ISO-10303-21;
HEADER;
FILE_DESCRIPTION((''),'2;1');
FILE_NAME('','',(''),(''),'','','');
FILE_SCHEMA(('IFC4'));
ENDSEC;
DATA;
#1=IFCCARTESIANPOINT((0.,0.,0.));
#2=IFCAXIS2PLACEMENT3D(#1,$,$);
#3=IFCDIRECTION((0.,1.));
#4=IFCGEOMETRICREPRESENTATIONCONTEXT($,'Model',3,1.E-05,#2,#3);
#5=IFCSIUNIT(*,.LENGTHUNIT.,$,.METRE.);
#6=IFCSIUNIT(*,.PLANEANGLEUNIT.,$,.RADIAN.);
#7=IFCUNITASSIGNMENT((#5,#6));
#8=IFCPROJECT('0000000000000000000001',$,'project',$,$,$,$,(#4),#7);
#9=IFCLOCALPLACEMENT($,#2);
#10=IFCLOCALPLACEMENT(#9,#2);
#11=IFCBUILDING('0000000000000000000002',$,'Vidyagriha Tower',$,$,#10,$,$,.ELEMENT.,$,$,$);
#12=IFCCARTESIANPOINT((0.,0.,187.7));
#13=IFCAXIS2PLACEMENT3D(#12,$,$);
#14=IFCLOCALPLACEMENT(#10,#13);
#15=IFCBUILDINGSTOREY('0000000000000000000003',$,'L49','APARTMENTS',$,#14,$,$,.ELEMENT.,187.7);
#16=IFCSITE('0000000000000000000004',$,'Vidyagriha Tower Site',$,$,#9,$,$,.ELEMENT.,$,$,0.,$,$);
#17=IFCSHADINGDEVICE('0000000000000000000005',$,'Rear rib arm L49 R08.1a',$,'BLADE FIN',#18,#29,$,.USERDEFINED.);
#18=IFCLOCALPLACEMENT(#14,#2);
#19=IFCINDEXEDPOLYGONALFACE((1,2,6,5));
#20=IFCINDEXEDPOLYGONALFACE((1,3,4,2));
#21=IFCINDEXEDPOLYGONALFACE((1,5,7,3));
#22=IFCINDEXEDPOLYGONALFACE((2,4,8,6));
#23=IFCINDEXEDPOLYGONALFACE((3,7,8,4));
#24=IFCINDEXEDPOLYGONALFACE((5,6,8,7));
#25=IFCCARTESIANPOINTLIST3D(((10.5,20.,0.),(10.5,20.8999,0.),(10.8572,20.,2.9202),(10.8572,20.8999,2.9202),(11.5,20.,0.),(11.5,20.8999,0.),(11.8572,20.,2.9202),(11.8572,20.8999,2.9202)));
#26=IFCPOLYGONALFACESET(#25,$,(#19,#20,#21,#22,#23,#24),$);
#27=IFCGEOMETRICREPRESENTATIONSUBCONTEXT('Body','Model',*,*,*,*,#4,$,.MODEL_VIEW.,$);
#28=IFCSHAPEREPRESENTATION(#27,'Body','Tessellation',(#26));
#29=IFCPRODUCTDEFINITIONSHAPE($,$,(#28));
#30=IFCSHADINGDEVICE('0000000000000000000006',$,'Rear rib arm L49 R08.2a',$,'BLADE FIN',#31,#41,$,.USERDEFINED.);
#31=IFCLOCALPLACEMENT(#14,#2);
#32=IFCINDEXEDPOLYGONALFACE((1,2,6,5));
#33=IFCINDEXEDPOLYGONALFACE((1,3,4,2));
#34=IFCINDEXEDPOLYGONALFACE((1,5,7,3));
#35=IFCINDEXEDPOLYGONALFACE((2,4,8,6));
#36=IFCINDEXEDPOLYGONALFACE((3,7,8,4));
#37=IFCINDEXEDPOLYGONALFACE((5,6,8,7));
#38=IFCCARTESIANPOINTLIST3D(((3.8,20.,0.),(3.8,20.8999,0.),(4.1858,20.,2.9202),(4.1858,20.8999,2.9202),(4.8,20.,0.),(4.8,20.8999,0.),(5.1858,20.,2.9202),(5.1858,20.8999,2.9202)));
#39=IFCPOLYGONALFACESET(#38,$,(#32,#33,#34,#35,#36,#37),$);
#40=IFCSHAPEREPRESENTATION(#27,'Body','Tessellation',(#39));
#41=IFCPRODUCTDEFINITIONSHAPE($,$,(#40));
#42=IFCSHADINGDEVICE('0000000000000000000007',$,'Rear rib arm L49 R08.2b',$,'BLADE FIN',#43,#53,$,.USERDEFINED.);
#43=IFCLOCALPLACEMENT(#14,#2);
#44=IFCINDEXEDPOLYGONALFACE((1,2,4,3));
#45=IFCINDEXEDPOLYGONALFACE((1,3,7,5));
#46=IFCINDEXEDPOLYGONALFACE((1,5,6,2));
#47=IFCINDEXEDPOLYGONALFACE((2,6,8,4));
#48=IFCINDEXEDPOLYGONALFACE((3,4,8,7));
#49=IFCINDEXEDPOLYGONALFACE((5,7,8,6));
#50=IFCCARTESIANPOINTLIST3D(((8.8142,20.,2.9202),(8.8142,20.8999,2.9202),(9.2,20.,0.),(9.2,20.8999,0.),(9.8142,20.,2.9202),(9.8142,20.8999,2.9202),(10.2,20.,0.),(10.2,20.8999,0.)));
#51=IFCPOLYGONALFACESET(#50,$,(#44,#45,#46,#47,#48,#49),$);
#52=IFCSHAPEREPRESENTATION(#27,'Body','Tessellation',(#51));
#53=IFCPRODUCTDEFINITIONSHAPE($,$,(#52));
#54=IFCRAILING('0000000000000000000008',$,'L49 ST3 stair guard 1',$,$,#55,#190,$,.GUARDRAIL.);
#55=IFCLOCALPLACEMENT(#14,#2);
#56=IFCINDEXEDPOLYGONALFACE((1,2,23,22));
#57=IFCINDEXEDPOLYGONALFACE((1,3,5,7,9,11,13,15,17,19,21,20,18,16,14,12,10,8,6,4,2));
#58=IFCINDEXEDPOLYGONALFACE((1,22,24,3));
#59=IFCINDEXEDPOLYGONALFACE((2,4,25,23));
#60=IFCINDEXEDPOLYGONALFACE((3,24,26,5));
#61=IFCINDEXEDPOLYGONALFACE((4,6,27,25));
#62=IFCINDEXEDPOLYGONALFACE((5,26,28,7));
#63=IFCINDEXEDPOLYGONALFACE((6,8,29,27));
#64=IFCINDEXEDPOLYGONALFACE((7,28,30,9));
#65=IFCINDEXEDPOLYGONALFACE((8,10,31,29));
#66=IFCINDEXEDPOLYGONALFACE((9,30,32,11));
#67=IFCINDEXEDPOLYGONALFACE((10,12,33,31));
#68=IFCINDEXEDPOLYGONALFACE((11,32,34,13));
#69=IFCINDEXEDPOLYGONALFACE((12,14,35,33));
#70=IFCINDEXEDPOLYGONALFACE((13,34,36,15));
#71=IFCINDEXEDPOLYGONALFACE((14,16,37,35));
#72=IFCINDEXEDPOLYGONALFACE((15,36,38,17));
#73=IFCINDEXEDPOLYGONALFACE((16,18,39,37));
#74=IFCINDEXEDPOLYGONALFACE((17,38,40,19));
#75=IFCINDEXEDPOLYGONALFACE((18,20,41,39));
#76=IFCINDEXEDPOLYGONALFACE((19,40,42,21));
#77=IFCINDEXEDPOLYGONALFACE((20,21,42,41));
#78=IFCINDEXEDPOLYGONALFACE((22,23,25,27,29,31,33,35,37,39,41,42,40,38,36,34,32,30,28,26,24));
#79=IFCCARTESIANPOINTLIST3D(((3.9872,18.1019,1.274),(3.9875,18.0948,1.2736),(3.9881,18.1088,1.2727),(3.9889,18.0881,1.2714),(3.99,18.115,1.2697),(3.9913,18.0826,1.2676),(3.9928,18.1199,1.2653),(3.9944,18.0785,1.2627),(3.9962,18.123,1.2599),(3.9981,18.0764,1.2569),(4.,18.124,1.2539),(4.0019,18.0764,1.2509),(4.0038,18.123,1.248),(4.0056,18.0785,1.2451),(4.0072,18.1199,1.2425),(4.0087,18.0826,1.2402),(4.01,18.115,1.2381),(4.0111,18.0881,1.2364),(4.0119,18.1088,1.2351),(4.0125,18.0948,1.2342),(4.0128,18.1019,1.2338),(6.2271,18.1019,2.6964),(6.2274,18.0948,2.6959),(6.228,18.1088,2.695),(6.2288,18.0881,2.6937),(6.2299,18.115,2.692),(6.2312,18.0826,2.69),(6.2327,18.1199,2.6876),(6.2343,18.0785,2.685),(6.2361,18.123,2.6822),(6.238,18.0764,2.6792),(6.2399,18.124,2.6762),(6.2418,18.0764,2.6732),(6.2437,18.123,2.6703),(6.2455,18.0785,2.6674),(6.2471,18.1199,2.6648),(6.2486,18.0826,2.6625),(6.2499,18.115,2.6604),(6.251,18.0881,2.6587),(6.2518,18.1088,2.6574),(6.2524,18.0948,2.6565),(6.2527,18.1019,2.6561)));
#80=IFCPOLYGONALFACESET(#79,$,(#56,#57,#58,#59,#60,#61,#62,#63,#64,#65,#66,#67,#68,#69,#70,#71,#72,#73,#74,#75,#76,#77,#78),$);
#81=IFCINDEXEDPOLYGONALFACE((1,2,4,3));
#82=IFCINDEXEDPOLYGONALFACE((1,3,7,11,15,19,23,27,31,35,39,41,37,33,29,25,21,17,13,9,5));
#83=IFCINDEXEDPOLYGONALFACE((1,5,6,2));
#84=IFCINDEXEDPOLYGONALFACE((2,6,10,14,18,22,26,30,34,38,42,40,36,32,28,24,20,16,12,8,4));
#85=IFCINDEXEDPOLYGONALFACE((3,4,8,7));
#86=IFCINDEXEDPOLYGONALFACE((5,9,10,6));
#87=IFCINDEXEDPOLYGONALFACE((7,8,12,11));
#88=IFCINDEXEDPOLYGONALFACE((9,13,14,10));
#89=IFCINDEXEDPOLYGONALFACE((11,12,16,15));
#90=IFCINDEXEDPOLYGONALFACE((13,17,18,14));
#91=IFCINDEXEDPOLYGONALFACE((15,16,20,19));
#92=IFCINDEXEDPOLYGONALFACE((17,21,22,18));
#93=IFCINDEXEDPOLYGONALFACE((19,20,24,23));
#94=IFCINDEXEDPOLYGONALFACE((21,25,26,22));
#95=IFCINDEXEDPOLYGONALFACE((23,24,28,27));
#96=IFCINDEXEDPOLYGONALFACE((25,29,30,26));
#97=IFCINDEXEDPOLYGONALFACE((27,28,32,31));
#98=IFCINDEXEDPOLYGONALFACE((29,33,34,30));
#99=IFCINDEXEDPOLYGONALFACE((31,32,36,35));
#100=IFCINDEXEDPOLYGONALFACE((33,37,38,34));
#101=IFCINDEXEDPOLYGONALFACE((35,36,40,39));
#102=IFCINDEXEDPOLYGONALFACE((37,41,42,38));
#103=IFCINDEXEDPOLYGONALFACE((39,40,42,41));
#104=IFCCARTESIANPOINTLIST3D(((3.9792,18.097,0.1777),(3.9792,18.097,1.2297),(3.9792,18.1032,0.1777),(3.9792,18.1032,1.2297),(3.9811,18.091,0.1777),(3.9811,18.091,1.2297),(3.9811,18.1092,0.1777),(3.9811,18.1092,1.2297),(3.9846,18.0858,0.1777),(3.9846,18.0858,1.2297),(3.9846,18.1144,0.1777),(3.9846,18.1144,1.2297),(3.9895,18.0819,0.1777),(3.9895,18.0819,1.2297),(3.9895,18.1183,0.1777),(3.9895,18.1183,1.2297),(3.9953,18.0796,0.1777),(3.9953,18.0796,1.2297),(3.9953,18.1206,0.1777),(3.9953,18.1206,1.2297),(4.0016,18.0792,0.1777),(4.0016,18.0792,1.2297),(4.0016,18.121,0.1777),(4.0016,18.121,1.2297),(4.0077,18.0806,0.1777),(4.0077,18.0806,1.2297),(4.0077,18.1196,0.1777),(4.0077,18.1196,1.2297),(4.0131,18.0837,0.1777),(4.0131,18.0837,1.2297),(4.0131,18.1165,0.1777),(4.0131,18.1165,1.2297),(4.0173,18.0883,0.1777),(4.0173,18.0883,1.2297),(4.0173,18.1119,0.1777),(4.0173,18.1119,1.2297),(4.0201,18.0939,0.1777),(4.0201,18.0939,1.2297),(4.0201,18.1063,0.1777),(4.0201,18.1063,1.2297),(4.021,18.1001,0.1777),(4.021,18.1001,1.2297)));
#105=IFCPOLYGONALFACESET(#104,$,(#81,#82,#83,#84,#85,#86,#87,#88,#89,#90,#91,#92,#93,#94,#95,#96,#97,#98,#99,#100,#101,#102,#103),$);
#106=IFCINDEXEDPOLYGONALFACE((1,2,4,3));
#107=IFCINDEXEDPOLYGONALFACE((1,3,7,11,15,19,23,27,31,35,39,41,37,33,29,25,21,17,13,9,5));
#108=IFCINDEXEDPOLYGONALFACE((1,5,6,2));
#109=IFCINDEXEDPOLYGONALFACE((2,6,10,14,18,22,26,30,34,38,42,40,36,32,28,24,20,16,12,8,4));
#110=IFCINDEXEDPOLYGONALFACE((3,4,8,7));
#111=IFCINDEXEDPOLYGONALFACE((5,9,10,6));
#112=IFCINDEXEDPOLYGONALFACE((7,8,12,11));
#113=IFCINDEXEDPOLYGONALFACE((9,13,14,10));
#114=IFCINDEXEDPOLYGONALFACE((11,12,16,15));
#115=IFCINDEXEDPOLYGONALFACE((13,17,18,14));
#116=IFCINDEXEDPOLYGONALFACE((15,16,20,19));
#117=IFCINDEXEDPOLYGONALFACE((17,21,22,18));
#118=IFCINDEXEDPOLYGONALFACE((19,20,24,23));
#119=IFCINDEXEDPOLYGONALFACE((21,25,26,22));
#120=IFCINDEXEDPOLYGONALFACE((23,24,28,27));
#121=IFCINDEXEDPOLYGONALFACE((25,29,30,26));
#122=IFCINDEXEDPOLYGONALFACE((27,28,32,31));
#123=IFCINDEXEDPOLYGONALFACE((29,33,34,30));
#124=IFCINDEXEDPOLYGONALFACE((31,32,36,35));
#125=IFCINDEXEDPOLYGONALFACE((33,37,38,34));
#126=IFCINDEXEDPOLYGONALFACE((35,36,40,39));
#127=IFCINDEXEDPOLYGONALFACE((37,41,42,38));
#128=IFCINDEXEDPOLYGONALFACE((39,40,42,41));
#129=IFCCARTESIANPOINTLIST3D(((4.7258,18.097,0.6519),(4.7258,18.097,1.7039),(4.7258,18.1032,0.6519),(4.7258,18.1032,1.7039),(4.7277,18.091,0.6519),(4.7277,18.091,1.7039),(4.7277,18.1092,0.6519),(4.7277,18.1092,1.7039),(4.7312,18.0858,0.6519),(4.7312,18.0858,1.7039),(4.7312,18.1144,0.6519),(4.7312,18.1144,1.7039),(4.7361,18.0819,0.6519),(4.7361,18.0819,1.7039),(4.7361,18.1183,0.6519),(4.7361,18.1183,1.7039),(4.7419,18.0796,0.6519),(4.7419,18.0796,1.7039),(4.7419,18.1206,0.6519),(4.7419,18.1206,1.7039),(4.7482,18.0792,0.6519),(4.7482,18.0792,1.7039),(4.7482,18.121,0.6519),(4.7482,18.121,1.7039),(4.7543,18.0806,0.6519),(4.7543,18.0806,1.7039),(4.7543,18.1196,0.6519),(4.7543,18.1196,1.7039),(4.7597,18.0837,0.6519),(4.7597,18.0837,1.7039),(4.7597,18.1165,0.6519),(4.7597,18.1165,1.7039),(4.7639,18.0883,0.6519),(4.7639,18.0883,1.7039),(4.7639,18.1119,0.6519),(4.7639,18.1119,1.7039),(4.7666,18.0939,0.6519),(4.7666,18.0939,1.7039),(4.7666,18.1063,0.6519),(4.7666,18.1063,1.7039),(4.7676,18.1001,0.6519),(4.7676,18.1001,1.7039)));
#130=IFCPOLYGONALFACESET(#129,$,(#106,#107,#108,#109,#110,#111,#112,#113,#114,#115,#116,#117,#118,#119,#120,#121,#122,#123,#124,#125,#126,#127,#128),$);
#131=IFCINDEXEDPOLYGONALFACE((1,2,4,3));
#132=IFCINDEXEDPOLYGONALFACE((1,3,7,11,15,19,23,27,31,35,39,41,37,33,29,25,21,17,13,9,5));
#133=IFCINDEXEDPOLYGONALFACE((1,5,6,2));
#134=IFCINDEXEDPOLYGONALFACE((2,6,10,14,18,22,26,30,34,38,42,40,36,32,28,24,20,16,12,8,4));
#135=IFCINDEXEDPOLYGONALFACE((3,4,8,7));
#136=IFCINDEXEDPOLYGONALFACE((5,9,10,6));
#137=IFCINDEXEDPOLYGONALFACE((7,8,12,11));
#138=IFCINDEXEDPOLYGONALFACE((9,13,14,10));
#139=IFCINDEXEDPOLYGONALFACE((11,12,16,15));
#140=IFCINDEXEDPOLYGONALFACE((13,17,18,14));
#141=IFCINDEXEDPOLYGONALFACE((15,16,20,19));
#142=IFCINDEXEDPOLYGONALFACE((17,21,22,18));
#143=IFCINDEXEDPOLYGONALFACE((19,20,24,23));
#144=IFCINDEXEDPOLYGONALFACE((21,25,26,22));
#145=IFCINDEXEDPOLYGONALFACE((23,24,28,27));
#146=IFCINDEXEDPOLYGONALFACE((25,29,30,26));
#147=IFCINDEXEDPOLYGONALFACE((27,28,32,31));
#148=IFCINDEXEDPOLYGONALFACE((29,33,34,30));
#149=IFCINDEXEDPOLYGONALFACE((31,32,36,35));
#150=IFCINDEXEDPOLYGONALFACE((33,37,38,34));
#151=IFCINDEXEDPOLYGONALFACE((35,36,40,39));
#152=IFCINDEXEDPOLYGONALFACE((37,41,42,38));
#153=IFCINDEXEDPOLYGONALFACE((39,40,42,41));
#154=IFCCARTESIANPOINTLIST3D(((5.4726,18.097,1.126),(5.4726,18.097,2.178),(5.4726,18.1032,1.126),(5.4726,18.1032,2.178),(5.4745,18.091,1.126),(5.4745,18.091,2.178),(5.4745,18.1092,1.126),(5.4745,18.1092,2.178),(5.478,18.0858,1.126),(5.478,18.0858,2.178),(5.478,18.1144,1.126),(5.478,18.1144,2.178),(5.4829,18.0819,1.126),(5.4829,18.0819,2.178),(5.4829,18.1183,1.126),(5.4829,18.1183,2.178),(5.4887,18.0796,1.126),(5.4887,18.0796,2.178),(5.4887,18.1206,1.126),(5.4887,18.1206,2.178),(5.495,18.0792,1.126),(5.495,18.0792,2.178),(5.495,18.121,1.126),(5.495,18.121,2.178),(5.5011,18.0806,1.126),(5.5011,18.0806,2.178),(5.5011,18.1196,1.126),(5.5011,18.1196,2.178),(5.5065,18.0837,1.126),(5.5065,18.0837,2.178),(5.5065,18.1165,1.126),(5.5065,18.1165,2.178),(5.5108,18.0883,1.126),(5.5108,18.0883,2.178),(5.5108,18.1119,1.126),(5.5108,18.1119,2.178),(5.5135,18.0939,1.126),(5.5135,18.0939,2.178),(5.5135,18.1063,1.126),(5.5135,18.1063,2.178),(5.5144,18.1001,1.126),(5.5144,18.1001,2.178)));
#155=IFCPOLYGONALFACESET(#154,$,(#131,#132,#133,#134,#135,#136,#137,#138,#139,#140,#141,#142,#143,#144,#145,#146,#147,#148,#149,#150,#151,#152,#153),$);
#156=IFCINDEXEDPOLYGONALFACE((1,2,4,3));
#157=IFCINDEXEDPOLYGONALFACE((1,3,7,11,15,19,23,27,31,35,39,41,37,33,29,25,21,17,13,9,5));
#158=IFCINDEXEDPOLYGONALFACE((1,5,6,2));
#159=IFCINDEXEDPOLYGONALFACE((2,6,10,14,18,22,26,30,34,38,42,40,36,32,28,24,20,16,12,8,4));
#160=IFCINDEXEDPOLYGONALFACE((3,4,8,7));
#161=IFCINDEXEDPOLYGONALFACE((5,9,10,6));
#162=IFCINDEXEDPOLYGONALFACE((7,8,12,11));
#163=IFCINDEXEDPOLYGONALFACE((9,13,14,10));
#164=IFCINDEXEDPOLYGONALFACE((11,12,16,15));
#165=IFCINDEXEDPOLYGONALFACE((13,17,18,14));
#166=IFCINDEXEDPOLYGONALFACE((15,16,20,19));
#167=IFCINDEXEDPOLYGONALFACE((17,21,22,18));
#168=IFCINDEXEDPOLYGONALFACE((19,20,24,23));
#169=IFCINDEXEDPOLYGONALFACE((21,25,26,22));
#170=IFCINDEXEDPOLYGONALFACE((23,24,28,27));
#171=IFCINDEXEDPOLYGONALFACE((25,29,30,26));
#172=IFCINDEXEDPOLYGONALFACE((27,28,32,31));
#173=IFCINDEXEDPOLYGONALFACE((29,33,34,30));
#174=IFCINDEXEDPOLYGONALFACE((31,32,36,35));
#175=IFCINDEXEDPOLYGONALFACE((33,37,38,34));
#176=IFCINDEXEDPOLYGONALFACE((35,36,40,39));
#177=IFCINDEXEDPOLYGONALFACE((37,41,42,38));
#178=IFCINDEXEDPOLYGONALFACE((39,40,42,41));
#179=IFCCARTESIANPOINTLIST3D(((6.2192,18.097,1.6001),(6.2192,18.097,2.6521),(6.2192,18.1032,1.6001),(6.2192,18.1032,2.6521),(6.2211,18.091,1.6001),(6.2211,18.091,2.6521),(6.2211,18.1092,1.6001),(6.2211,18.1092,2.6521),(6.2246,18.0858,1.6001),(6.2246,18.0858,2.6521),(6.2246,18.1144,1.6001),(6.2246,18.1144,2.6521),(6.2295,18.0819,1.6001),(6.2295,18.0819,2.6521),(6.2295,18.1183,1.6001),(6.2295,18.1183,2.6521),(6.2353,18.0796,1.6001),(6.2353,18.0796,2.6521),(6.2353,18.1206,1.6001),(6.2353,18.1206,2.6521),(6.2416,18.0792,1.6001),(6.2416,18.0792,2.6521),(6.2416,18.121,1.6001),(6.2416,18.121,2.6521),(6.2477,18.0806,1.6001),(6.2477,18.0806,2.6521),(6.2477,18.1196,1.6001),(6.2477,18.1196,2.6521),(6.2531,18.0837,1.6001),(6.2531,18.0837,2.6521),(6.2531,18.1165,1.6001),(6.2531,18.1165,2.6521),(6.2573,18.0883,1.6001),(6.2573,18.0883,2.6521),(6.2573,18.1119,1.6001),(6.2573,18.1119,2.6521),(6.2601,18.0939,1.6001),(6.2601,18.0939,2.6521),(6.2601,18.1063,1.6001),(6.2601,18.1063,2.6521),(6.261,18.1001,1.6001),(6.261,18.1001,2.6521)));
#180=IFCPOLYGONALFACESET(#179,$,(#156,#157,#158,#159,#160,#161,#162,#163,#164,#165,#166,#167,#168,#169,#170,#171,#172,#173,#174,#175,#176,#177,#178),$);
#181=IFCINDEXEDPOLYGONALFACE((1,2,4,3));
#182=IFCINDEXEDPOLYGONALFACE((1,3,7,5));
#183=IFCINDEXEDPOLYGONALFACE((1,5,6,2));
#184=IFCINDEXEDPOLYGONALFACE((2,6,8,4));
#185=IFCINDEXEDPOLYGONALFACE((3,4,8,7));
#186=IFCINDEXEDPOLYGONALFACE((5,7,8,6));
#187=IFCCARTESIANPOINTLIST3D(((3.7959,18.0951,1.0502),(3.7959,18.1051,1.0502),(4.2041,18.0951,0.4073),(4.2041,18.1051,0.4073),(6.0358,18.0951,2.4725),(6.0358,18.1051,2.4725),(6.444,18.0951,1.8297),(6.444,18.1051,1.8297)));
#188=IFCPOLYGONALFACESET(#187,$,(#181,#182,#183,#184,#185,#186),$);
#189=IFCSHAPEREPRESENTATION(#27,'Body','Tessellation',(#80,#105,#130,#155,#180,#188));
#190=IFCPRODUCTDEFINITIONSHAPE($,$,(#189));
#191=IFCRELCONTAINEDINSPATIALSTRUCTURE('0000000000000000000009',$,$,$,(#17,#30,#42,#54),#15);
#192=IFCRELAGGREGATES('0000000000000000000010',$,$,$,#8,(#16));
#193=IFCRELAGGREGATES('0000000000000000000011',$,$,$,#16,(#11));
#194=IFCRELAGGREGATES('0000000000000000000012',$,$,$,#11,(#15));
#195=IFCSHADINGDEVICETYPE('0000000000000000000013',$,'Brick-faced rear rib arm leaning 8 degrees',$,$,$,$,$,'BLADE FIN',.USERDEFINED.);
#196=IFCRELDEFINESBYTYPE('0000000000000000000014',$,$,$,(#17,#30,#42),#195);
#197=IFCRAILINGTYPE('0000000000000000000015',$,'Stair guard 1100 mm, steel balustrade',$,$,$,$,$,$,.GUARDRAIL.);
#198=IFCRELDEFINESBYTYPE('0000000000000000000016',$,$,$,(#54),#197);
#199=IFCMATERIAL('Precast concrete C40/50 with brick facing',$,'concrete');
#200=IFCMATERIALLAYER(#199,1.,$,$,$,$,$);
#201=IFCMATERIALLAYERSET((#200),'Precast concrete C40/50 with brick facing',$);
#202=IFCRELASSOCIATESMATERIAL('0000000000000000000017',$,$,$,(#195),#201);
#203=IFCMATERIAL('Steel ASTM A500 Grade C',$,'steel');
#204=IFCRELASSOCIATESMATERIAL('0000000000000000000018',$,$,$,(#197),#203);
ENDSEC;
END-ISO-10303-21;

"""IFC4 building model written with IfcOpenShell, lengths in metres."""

from ifc_helpers import new_model, si_unit, direction, frame, origin, origin_2d, place, context, subcontext, project, spatial, polyline, rectangle, circle, outline, extrude, material, layer, layer_set, type_object, element, save


model = new_model("IFC4")

# Units and contexts
model_context = context("Model", 3, precision=1e-05, world=origin(), true_north=direction((0.0, 1.0)))
body_context = subcontext(model_context, "Body", "Model", "MODEL_VIEW")
ifc_project = project(units=[si_unit("LENGTHUNIT", "METRE"), si_unit("PLANEANGLEUNIT", "RADIAN")], contexts=[model_context])

# Site, building, storey
site_placement = place(None, origin())
site = spatial("IfcSite", under=ifc_project, at=site_placement, Name="Vidyagriha Tower Site", CompositionType="ELEMENT", RefElevation=0.0)
building_placement = place(site_placement, origin())
building = spatial("IfcBuilding", under=site, at=building_placement, Name="Vidyagriha Tower", CompositionType="ELEMENT")
storey_placement = place(building_placement, frame((0.0, 0.0, 187.7)))
storey = spatial("IfcBuildingStorey", under=building, at=storey_placement, Name="L49", Description="APARTMENTS", CompositionType="ELEMENT", Elevation=187.7)

# Shading devices
ifc_material_1 = material(Name="Precast concrete C40/50 with brick facing", Category="concrete")
ifc_layer_1 = layer(ifc_material_1, 1.0)
ifc_layer_set_1 = layer_set([ifc_layer_1], Name="Precast concrete C40/50 with brick facing")
shading_device_type = type_object("IfcShadingDeviceType", Name="Brick-faced rear rib arm leaning 8 degrees", ElementType="BLADE FIN", PredefinedType="USERDEFINED", material=ifc_layer_set_1)
shading_device_1_placement = place(storey_placement, frame((11.8572, 20.45, 0.0), z_axis=(0.0, 0.0, 1.0), x_axis=(-1.0, 0.0, 0.0)))
element("IfcShadingDevice", 1, at=shading_device_1_placement, inside=storey, type_object=shading_device_type, Name="Rear rib arm L49 R08.1a", ObjectType="BLADE FIN", PredefinedType="USERDEFINED", context=body_context, shape_type="SweptSolid", body=[
    extrude(outline(polyline([(0.3572, 0.0), (1.3572, 0.0), (1.0, 2.9202), (0.0, 2.9202), (0.3572, 0.0)])), frame((0.0, 0.45, 0.0), z_axis=(0.0, -1.0, 0.0), x_axis=(1.0, 0.0, 0.0)), (0.0, 0.0, 1.0), 0.8999),
])
shading_device_2_placement = place(storey_placement, frame((5.1858, 20.45, 0.0), z_axis=(0.0, 0.0, 1.0), x_axis=(-1.0, 0.0, 0.0)))
element("IfcShadingDevice", 2, at=shading_device_2_placement, inside=storey, type_object=shading_device_type, Name="Rear rib arm L49 R08.2a", ObjectType="BLADE FIN", PredefinedType="USERDEFINED", context=body_context, shape_type="SweptSolid", body=[
    extrude(outline(polyline([(0.3857, 0.0), (1.3857, 0.0), (1.0, 2.9202), (0.0, 2.9202), (0.3857, 0.0)])), frame((0.0, 0.45, 0.0), z_axis=(0.0, -1.0, 0.0), x_axis=(1.0, 0.0, 0.0)), (0.0, 0.0, 1.0), 0.8999),
])
shading_device_3_placement = place(storey_placement, frame((10.2, 20.45, 0.0), z_axis=(0.0, 0.0, 1.0), x_axis=(-1.0, 0.0, 0.0)))
element("IfcShadingDevice", 3, at=shading_device_3_placement, inside=storey, type_object=shading_device_type, Name="Rear rib arm L49 R08.2b", ObjectType="BLADE FIN", PredefinedType="USERDEFINED", context=body_context, shape_type="SweptSolid", body=[
    extrude(outline(polyline([(0.0, 0.0), (1.0, 0.0), (1.3857, 2.9202), (0.3857, 2.9202), (0.0, 0.0)])), frame((0.0, 0.45, 0.0), z_axis=(0.0, -1.0, 0.0), x_axis=(1.0, 0.0, 0.0)), (0.0, 0.0, 1.0), 0.8999),
])

# Railing
ifc_material_2 = material(Name="Steel ASTM A500 Grade C", Category="steel")
railing_type_1 = type_object("IfcRailingType", Name="Stair guard 1100 mm, steel balustrade", PredefinedType="GUARDRAIL", material=ifc_material_2)
railing_1_placement = place(storey_placement, frame((4.0, 18.1001, 0.1777)))
element("IfcRailing", 4, at=railing_1_placement, inside=storey, type_object=railing_type_1, Name="L49 ST3 stair guard 1", PredefinedType="GUARDRAIL", context=body_context, shape_type="SweptSolid", body=[
    extrude(circle(Radius=0.0239, at=origin_2d()), frame((0.0, 0.0, 1.0762), z_axis=(0.844188, 0.0, 0.536048), x_axis=(0.0, 1.0, 0.0)), (0.0, 0.0, 1.0), 2.6533),
    extrude(circle(Radius=0.021, at=origin_2d()), origin(), (0.0, 0.0, 1.0), 1.052),
    extrude(circle(Radius=0.021, at=origin_2d()), frame((0.7466, 0.0, 0.4741)), (0.0, 0.0, 1.0), 1.052),
    extrude(circle(Radius=0.021, at=origin_2d()), frame((1.4934, 0.0, 0.9482)), (0.0, 0.0, 1.0), 1.052),
    extrude(circle(Radius=0.021, at=origin_2d()), frame((2.24, 0.0, 1.4224)), (0.0, 0.0, 1.0), 1.052),
    extrude(rectangle(XDim=0.01, YDim=0.7615, at=origin_2d()), frame((0.0, 0.0, 0.551), z_axis=(0.844188, 0.0, 0.536048), x_axis=(0.0, 1.0, 0.0)), (0.0, 0.0, 1.0), 2.6533),
])

save(model, "model.ifc")
